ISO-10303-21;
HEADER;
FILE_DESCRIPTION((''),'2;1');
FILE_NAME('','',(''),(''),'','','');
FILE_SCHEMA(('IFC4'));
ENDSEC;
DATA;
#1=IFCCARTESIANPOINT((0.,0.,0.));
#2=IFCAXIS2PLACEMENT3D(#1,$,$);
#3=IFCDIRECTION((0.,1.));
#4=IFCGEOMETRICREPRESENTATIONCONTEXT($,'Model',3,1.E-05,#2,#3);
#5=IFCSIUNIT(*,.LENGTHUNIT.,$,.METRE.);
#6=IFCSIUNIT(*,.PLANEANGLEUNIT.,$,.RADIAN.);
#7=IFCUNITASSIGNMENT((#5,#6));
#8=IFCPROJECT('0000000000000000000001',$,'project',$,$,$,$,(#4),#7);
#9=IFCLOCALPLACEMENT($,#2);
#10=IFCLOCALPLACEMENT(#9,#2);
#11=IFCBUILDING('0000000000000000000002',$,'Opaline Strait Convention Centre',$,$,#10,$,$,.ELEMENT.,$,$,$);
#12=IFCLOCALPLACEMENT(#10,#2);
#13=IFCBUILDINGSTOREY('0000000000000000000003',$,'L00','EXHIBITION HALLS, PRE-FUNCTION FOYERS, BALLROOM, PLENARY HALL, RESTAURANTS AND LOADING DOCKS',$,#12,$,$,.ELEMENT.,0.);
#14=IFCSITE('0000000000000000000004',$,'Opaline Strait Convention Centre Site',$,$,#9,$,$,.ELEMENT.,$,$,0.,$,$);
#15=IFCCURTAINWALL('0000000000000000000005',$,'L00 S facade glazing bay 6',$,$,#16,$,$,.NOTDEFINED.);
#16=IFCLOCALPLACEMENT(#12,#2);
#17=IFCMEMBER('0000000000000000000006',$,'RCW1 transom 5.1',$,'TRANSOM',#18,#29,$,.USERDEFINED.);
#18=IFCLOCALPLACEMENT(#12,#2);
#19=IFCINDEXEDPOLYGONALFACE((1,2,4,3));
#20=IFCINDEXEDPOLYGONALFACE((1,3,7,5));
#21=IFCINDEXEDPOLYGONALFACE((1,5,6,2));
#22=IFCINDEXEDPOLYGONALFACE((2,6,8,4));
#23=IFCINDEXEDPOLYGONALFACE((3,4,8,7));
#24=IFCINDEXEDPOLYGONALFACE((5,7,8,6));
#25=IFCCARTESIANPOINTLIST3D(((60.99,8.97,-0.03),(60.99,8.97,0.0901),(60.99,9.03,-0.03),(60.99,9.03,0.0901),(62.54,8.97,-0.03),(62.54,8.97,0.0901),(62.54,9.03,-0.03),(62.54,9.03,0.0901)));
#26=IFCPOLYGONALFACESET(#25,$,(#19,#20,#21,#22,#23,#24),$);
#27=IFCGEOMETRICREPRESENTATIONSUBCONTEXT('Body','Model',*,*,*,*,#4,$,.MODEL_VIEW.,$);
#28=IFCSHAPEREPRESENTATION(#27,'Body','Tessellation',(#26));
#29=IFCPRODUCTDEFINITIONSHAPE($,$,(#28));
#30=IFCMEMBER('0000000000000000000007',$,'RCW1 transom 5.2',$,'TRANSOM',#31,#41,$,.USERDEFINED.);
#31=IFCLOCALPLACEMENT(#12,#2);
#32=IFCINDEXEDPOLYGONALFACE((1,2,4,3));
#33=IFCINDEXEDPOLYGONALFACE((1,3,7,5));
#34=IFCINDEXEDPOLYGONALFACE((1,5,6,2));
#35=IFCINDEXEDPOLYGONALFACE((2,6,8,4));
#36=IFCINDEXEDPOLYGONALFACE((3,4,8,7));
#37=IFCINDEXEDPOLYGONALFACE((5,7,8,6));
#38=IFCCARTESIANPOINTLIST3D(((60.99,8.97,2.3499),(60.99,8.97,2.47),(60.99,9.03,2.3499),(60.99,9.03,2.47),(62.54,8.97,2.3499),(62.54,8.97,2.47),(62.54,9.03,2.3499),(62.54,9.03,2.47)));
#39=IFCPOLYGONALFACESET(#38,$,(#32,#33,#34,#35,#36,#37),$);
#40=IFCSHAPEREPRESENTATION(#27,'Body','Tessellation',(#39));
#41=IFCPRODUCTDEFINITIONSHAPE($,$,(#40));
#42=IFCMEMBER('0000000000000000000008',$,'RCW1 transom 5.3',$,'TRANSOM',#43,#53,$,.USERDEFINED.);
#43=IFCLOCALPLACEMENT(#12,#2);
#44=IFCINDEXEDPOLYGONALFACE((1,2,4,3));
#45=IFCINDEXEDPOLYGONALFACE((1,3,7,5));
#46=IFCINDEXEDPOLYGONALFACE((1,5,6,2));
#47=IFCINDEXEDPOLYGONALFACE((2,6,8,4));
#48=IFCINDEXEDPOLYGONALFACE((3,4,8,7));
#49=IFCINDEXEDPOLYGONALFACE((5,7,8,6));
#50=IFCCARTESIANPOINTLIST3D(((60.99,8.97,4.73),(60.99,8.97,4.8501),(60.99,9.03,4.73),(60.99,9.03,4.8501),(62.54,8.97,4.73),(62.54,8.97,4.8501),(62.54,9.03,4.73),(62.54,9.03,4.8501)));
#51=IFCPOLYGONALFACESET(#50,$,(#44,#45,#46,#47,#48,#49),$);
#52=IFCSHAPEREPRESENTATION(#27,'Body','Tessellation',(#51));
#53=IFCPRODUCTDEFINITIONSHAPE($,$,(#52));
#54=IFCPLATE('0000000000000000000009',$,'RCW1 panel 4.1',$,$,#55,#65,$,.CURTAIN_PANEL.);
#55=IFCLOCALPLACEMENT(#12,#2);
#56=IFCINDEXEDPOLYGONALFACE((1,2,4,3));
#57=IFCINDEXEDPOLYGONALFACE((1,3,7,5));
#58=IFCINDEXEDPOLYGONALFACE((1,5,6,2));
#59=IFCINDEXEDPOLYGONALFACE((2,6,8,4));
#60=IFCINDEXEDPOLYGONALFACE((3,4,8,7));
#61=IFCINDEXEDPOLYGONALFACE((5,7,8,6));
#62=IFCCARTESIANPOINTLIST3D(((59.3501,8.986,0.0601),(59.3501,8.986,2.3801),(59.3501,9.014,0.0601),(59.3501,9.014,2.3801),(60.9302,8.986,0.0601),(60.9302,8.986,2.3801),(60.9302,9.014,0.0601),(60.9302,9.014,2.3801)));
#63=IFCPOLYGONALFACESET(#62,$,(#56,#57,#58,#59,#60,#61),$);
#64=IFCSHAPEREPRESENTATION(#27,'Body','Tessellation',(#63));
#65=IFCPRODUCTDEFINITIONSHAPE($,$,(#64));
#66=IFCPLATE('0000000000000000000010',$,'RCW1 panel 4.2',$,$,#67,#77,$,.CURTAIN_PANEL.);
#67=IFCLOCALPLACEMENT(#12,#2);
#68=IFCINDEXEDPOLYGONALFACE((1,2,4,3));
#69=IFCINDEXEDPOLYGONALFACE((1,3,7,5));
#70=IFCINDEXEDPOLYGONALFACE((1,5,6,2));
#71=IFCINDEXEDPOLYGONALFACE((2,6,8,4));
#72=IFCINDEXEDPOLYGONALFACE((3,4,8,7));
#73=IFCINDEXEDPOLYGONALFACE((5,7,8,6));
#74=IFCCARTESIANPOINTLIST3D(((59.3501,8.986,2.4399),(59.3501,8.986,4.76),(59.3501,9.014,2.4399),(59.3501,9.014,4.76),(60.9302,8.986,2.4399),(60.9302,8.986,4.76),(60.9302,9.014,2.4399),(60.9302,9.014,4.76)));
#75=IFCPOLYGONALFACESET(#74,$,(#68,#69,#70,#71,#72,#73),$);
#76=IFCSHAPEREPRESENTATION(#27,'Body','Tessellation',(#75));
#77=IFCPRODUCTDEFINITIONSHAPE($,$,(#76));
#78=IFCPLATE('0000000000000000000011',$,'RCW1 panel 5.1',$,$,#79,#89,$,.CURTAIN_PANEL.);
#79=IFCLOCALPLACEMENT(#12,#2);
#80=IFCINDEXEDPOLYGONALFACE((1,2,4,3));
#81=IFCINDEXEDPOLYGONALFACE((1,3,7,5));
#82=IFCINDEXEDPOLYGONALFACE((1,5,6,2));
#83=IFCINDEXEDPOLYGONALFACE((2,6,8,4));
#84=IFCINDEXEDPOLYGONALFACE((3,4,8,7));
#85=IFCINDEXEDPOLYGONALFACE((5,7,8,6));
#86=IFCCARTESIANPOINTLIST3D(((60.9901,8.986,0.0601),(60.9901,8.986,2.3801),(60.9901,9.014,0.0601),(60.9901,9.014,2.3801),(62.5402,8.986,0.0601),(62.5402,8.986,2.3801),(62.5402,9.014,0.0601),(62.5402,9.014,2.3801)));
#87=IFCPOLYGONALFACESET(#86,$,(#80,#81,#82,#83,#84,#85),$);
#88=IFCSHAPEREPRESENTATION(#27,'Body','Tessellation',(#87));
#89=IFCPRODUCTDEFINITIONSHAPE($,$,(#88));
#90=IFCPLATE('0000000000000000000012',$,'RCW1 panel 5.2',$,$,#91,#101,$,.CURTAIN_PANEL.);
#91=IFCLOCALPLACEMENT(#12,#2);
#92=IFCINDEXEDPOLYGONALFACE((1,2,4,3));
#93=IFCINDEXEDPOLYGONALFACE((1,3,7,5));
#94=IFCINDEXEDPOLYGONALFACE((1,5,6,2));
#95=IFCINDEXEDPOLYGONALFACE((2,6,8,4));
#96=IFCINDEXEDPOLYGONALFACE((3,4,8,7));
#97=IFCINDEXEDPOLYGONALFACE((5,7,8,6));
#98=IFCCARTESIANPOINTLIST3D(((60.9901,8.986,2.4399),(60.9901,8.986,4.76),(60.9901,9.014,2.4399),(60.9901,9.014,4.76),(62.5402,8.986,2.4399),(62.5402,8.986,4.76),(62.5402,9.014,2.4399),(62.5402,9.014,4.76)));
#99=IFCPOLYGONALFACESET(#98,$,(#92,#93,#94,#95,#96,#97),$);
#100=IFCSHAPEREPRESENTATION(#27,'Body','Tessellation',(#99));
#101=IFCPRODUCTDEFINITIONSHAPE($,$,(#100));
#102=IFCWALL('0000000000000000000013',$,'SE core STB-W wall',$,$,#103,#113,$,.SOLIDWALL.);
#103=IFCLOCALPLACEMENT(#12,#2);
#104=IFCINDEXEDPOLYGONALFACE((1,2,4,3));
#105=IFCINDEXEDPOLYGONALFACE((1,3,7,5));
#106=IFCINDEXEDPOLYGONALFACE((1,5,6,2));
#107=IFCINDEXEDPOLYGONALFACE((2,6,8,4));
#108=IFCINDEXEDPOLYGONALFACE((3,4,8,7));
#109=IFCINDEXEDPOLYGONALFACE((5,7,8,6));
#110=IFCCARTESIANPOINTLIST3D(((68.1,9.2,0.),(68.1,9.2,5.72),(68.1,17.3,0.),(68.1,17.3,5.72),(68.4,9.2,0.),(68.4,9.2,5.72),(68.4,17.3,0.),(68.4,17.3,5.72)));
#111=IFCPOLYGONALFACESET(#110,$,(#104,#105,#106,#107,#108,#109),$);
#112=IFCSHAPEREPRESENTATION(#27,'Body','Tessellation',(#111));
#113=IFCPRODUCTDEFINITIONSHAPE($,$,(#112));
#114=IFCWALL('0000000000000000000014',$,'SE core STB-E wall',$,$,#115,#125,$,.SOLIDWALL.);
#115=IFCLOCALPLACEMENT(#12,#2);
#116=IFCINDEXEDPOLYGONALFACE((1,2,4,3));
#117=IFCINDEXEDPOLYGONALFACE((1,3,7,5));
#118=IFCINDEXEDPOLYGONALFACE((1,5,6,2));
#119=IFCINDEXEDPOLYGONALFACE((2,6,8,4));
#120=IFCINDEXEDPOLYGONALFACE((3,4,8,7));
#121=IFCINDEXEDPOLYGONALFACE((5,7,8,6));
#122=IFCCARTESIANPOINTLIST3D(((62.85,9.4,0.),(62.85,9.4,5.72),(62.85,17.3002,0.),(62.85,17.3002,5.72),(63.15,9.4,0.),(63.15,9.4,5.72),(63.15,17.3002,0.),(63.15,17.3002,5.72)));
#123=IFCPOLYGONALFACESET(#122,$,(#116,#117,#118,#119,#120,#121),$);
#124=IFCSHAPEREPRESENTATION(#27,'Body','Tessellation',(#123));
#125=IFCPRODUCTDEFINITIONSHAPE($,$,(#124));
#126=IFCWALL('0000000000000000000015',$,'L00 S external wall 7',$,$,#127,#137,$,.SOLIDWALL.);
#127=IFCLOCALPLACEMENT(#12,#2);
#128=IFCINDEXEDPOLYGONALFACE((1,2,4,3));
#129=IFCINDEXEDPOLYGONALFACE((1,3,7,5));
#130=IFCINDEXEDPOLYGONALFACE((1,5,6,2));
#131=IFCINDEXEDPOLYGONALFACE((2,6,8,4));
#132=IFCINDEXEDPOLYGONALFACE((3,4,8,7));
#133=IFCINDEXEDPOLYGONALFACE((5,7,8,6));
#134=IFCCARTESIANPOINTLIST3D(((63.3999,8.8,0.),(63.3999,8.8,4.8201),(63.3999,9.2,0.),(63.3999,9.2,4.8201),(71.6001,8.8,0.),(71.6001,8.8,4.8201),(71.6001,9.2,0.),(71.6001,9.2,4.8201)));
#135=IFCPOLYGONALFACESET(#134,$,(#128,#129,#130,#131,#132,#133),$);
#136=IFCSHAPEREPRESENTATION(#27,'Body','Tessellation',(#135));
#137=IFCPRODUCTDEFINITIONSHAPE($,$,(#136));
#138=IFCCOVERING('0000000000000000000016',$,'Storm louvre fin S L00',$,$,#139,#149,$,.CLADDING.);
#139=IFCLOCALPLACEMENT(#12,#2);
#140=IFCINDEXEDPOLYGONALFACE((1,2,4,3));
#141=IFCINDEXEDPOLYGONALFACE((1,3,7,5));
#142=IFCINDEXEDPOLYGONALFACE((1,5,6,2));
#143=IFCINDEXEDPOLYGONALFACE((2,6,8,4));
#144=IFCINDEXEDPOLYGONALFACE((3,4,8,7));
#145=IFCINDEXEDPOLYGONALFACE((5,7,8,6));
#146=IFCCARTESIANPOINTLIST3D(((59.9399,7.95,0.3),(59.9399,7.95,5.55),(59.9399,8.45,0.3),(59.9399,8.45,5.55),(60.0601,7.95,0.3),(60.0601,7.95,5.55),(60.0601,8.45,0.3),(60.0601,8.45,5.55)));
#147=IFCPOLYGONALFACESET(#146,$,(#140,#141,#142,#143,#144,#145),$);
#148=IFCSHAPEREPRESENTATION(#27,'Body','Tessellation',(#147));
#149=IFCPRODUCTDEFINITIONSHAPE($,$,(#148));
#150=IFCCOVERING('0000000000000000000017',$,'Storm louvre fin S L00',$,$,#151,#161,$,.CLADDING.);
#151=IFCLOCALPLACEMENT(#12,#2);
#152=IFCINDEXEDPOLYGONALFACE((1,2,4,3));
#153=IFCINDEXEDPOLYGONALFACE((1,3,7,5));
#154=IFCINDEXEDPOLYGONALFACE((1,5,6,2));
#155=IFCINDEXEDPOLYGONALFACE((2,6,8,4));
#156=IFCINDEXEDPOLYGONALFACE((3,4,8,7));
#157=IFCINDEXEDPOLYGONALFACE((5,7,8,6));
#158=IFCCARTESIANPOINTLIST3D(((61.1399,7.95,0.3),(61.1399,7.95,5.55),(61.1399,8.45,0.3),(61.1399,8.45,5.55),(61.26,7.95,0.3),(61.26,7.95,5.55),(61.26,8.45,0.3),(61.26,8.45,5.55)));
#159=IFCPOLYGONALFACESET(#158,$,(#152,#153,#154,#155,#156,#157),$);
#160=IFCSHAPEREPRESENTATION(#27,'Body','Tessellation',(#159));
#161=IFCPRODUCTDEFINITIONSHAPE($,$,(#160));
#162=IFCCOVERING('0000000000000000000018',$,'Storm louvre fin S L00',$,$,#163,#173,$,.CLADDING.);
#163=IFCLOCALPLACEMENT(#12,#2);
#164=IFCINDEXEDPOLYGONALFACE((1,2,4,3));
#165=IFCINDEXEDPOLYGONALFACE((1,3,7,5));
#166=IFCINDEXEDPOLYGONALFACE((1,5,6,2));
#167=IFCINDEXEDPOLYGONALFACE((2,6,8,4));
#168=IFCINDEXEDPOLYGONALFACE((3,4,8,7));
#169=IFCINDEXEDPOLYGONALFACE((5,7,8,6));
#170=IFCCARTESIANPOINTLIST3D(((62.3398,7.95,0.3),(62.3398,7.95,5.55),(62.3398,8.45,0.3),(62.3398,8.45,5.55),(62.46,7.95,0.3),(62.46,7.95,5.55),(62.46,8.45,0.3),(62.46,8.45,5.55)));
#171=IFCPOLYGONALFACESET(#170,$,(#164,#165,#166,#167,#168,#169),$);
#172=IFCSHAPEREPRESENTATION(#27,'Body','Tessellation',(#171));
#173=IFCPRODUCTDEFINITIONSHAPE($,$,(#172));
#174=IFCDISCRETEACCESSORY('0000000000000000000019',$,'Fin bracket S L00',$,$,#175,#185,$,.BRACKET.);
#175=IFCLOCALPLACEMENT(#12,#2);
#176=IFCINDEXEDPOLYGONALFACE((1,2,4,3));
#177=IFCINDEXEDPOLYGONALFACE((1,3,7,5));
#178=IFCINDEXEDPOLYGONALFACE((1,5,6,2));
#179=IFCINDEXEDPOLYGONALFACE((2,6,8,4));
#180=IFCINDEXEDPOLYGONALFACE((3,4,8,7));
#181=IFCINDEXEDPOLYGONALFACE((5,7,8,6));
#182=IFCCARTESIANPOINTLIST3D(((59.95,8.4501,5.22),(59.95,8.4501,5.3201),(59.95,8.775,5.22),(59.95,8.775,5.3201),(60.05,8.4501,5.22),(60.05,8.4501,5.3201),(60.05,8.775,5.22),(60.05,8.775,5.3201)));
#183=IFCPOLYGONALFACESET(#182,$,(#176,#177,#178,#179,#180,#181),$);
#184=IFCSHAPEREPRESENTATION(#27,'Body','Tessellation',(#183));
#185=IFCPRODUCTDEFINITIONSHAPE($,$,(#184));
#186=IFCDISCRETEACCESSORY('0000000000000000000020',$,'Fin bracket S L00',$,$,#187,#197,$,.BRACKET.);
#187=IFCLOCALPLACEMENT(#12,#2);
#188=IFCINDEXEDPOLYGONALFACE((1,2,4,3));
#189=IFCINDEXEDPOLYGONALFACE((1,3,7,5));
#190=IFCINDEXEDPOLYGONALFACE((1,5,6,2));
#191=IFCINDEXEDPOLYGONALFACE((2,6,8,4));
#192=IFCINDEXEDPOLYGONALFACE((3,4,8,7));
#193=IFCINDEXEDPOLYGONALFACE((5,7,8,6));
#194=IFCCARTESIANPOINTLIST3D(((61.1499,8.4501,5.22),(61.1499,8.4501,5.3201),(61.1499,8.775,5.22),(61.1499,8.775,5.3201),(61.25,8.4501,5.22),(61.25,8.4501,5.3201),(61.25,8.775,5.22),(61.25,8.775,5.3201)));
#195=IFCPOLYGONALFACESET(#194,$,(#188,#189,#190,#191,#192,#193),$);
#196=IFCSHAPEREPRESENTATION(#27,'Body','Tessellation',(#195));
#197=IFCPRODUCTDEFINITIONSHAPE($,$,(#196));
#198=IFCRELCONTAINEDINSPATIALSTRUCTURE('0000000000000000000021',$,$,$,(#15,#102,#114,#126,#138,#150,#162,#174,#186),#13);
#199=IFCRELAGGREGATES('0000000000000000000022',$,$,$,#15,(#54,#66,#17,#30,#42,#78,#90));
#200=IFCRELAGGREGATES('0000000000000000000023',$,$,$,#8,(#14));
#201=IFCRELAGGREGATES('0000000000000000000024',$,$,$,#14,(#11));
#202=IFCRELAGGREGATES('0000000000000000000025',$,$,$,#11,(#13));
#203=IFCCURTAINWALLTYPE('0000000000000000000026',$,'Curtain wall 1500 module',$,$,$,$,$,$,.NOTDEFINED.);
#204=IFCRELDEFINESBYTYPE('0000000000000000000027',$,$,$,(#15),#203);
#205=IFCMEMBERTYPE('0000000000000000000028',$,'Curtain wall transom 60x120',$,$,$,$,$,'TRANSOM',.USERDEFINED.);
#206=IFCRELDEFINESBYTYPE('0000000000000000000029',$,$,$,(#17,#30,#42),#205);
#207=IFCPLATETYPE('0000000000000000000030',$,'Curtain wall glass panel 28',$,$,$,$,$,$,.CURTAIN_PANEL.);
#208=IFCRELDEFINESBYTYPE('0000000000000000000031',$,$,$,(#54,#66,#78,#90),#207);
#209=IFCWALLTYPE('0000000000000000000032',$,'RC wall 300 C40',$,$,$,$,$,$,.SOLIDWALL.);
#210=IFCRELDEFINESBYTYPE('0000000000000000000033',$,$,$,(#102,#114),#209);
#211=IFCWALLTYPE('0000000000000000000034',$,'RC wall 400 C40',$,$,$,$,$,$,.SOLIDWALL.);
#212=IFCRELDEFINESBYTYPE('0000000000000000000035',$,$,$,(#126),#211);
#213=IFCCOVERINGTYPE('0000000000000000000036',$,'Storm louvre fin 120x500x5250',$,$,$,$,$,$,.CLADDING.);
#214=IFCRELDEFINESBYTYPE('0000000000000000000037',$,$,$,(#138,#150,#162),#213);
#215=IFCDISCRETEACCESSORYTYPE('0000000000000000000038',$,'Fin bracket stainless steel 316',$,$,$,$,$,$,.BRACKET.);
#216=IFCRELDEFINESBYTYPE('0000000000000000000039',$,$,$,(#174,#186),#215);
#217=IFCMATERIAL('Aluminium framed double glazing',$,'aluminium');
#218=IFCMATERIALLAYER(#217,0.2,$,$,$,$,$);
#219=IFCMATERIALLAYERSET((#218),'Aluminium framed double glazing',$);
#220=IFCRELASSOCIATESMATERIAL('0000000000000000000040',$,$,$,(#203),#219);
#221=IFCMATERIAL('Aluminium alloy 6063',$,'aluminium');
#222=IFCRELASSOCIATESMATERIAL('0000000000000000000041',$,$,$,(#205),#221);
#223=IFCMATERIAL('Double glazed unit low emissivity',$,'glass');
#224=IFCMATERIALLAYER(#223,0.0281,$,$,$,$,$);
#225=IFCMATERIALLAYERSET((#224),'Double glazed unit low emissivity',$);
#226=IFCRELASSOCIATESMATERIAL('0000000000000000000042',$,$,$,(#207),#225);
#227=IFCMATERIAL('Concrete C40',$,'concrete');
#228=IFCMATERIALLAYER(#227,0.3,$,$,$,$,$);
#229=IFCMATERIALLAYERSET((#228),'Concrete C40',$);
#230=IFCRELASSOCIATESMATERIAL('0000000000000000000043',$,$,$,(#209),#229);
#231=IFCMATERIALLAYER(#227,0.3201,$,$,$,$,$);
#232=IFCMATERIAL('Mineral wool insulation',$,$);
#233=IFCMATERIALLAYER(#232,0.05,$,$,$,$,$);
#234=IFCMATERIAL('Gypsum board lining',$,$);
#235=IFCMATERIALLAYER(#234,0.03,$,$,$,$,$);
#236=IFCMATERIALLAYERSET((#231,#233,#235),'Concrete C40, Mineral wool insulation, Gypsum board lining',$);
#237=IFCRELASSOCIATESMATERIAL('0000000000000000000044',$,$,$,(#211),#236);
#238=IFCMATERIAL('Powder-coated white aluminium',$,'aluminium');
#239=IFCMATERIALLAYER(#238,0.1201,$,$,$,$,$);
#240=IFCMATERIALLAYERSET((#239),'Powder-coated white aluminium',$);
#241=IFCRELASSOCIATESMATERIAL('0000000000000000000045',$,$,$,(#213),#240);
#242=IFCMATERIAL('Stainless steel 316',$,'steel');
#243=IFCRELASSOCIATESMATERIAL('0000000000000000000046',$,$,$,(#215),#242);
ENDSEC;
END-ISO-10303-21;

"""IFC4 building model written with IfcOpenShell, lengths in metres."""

from ifc_helpers import new_model, si_unit, direction, frame, frame_2d, origin, origin_2d, place, context, subcontext, project, spatial, rectangle, extrude, material, layer, layer_set, material_profile, profile_set, type_object, element, aggregate, save


model = new_model("IFC4")

# Units and contexts
model_context = context("Model", 3, precision=1e-05, world=origin(), true_north=direction((0.0, 1.0)))
body_context = subcontext(model_context, "Body", "Model", "MODEL_VIEW")
ifc_project = project(units=[si_unit("LENGTHUNIT", "METRE"), si_unit("PLANEANGLEUNIT", "RADIAN")], contexts=[model_context])

# Site, building, storey
site_placement = place(None, origin())
site = spatial("IfcSite", under=ifc_project, at=site_placement, Name="Opaline Strait Convention Centre Site", CompositionType="ELEMENT", RefElevation=0.0)
building_placement = place(site_placement, origin())
building = spatial("IfcBuilding", under=site, at=building_placement, Name="Opaline Strait Convention Centre", CompositionType="ELEMENT")
storey_placement = place(building_placement, origin())
storey = spatial("IfcBuildingStorey", under=building, at=storey_placement, Name="L00", Description="EXHIBITION HALLS, PRE-FUNCTION FOYERS, BALLROOM, PLENARY HALL, RESTAURANTS AND LOADING DOCKS", CompositionType="ELEMENT", Elevation=0.0)

# Shared definitions
ifc_material_1 = material(Name="Concrete C40", Category="concrete")

# Curtain wall, members, plates
ifc_material_2 = material(Name="Aluminium framed double glazing", Category="aluminium")
ifc_layer_1 = layer(ifc_material_2, 0.2)
ifc_layer_set_1 = layer_set([ifc_layer_1], Name="Aluminium framed double glazing")
curtain_wall_type = type_object("IfcCurtainWallType", Name="Curtain wall 1500 module", PredefinedType="NOTDEFINED", material=ifc_layer_set_1)
curtain_wall_placement = place(storey_placement, origin())
curtain_wall = element("IfcCurtainWall", 1, at=curtain_wall_placement, inside=storey, type_object=curtain_wall_type, Name="L00 S facade glazing bay 6", PredefinedType="NOTDEFINED")
ifc_material_3 = material(Name="Aluminium alloy 6063", Category="aluminium")
ifc_material_profile_1 = material_profile(ifc_material_3, rectangle(XDim=0.0601, YDim=0.1201, at=origin_2d()), Name="Curtain wall transom 60x120")
ifc_profile_set_1 = profile_set([ifc_material_profile_1], Name="Aluminium alloy 6063")
member_type_1 = type_object("IfcMemberType", Name="Curtain wall transom 60x120", ElementType="TRANSOM", PredefinedType="USERDEFINED", material=ifc_profile_set_1)
member_1_placement = place(storey_placement, frame((60.99, 9.0, 0.03), z_axis=(1.0, 0.0, 0.0), x_axis=(0.0, 1.0, 0.0)))
member_1 = element("IfcMember", 2, at=member_1_placement, type_object=member_type_1, Name="RCW1 transom 5.1", ObjectType="TRANSOM", PredefinedType="USERDEFINED", context=body_context, shape_type="SweptSolid", body=[
    extrude(rectangle(XDim=0.0601, YDim=0.1201, at=origin_2d()), origin(), (0.0, 0.0, 1.0), 1.55),
])
member_2_placement = place(storey_placement, frame((60.99, 9.0, 2.4099), z_axis=(1.0, 0.0, 0.0), x_axis=(0.0, 1.0, 0.0)))
member_2 = element("IfcMember", 3, at=member_2_placement, type_object=member_type_1, Name="RCW1 transom 5.2", ObjectType="TRANSOM", PredefinedType="USERDEFINED", context=body_context, shape_type="SweptSolid", body=[
    extrude(rectangle(XDim=0.0601, YDim=0.1201, at=origin_2d()), origin(), (0.0, 0.0, 1.0), 1.55),
])
member_3_placement = place(storey_placement, frame((60.99, 9.0, 4.79), z_axis=(1.0, 0.0, 0.0), x_axis=(0.0, 1.0, 0.0)))
member_3 = element("IfcMember", 4, at=member_3_placement, type_object=member_type_1, Name="RCW1 transom 5.3", ObjectType="TRANSOM", PredefinedType="USERDEFINED", context=body_context, shape_type="SweptSolid", body=[
    extrude(rectangle(XDim=0.0601, YDim=0.1201, at=origin_2d()), origin(), (0.0, 0.0, 1.0), 1.55),
])
ifc_material_4 = material(Name="Double glazed unit low emissivity", Category="glass")
ifc_layer_2 = layer(ifc_material_4, 0.0281)
ifc_layer_set_2 = layer_set([ifc_layer_2], Name="Double glazed unit low emissivity")
plate_type = type_object("IfcPlateType", Name="Curtain wall glass panel 28", PredefinedType="CURTAIN_PANEL", material=ifc_layer_set_2)
plate_1_placement = place(storey_placement, frame((60.1401, 9.0, 0.0601), z_axis=(0.0, 0.0, 1.0), x_axis=(1.0, 0.0, 0.0)))
plate_1 = element("IfcPlate", 5, at=plate_1_placement, type_object=plate_type, Name="RCW1 panel 4.1", PredefinedType="CURTAIN_PANEL", context=body_context, shape_type="SweptSolid", body=[
    extrude(rectangle(XDim=1.5801, YDim=0.0281, at=origin_2d()), origin(), (0.0, 0.0, 1.0), 2.3201),
])
plate_2_placement = place(storey_placement, frame((60.1401, 9.0, 2.4399), z_axis=(0.0, 0.0, 1.0), x_axis=(1.0, 0.0, 0.0)))
plate_2 = element("IfcPlate", 6, at=plate_2_placement, type_object=plate_type, Name="RCW1 panel 4.2", PredefinedType="CURTAIN_PANEL", context=body_context, shape_type="SweptSolid", body=[
    extrude(rectangle(XDim=1.5801, YDim=0.0281, at=origin_2d()), origin(), (0.0, 0.0, 1.0), 2.3201),
])
plate_3_placement = place(storey_placement, frame((61.7651, 9.0, 0.0601), z_axis=(0.0, 0.0, 1.0), x_axis=(1.0, 0.0, 0.0)))
plate_3 = element("IfcPlate", 7, at=plate_3_placement, type_object=plate_type, Name="RCW1 panel 5.1", PredefinedType="CURTAIN_PANEL", context=body_context, shape_type="SweptSolid", body=[
    extrude(rectangle(XDim=1.55, YDim=0.0281, at=origin_2d()), origin(), (0.0, 0.0, 1.0), 2.3201),
])
plate_4_placement = place(storey_placement, frame((61.7651, 9.0, 2.4399), z_axis=(0.0, 0.0, 1.0), x_axis=(1.0, 0.0, 0.0)))
plate_4 = element("IfcPlate", 8, at=plate_4_placement, type_object=plate_type, Name="RCW1 panel 5.2", PredefinedType="CURTAIN_PANEL", context=body_context, shape_type="SweptSolid", body=[
    extrude(rectangle(XDim=1.55, YDim=0.0281, at=origin_2d()), origin(), (0.0, 0.0, 1.0), 2.3201),
])
aggregate(curtain_wall, [plate_1, plate_2, member_1, member_2, member_3, plate_3, plate_4])

# Walls
ifc_layer_3 = layer(ifc_material_1, 0.3)
ifc_layer_set_3 = layer_set([ifc_layer_3], Name="Concrete C40")
wall_type_1 = type_object("IfcWallType", Name="RC wall 300 C40", PredefinedType="SOLIDWALL", material=ifc_layer_set_3)
wall_1_placement = place(storey_placement, frame((68.25, 9.2, 0.0), z_axis=(0.0, 0.0, 1.0), x_axis=(0.0, 1.0, 0.0)))
element("IfcWall", 9, at=wall_1_placement, inside=storey, type_object=wall_type_1, Name="SE core STB-W wall", PredefinedType="SOLIDWALL", context=body_context, shape_type="SweptSolid", body=[
    extrude(rectangle(XDim=8.1001, YDim=0.3, at=frame_2d((4.05, 0.0))), origin(), (0.0, 0.0, 1.0), 5.72),
])
wall_2_placement = place(storey_placement, frame((63.0, 9.3999, 0.0), z_axis=(0.0, 0.0, 1.0), x_axis=(0.0, 1.0, 0.0)))
element("IfcWall", 10, at=wall_2_placement, inside=storey, type_object=wall_type_1, Name="SE core STB-E wall", PredefinedType="SOLIDWALL", context=body_context, shape_type="SweptSolid", body=[
    extrude(rectangle(XDim=7.9001, YDim=0.3, at=frame_2d((3.9502, 0.0))), origin(), (0.0, 0.0, 1.0), 5.72),
])
ifc_layer_4 = layer(ifc_material_1, 0.3201)
ifc_material_5 = material(Name="Mineral wool insulation")
ifc_layer_5 = layer(ifc_material_5, 0.05)
ifc_material_6 = material(Name="Gypsum board lining")
ifc_layer_6 = layer(ifc_material_6, 0.03)
ifc_layer_set_4 = layer_set([ifc_layer_4, ifc_layer_5, ifc_layer_6], Name="Concrete C40, Mineral wool insulation, Gypsum board lining")
wall_type_2 = type_object("IfcWallType", Name="RC wall 400 C40", PredefinedType="SOLIDWALL", material=ifc_layer_set_4)
wall_3_placement = place(storey_placement, frame((63.3999, 9.0, 0.0), z_axis=(0.0, 0.0, 1.0), x_axis=(1.0, 0.0, 0.0)))
element("IfcWall", 11, at=wall_3_placement, inside=storey, type_object=wall_type_2, Name="L00 S external wall 7", PredefinedType="SOLIDWALL", context=body_context, shape_type="SweptSolid", body=[
    extrude(rectangle(XDim=8.2002, YDim=0.3999, at=frame_2d((4.1001, 0.0))), origin(), (0.0, 0.0, 1.0), 4.8201),
])

# Coverings
ifc_material_7 = material(Name="Powder-coated white aluminium", Category="aluminium")
ifc_layer_7 = layer(ifc_material_7, 0.1201)
ifc_layer_set_5 = layer_set([ifc_layer_7], Name="Powder-coated white aluminium")
covering_type = type_object("IfcCoveringType", Name="Storm louvre fin 120x500x5250", PredefinedType="CLADDING", material=ifc_layer_set_5)
for number, where, z_axis, x_axis, name in (
    (12, (60.0, 8.2, 0.3), (0.0, 0.0, 1.0), (1.0, 0.0, 0.0), "Storm louvre fin S L00"),
    (13, (61.2, 8.2, 0.3), (0.0, 0.0, 1.0), (1.0, 0.0, 0.0), "Storm louvre fin S L00"),
    (14, (62.3999, 8.2, 0.3), (0.0, 0.0, 1.0), (1.0, 0.0, 0.0), "Storm louvre fin S L00"),
):
    element("IfcCovering", number, at=place(storey_placement, frame(where, z_axis=z_axis, x_axis=x_axis)), inside=storey, type_object=covering_type, Name=name, PredefinedType="CLADDING", context=body_context, shape_type="SweptSolid", body=[
        extrude(rectangle(XDim=0.1201, YDim=0.5, at=origin_2d()), origin(), (0.0, 0.0, 1.0), 5.25),
    ])

# Discrete accessories
ifc_material_8 = material(Name="Stainless steel 316", Category="steel")
discrete_accessory_type = type_object("IfcDiscreteAccessoryType", Name="Fin bracket stainless steel 316", PredefinedType="BRACKET", material=ifc_material_8)
for number, where, z_axis, x_axis, name in (
    (15, (60.0, 8.6125, 5.22), (0.0, 0.0, 1.0), (1.0, 0.0, 0.0), "Fin bracket S L00"),
    (16, (61.2, 8.6125, 5.22), (0.0, 0.0, 1.0), (1.0, 0.0, 0.0), "Fin bracket S L00"),
):
    element("IfcDiscreteAccessory", number, at=place(storey_placement, frame(where, z_axis=z_axis, x_axis=x_axis)), inside=storey, type_object=discrete_accessory_type, Name=name, PredefinedType="BRACKET", context=body_context, shape_type="SweptSolid", body=[
        extrude(rectangle(XDim=0.1001, YDim=0.325, at=origin_2d()), origin(), (0.0, 0.0, 1.0), 0.1001),
    ])

save(model, "model.ifc")
